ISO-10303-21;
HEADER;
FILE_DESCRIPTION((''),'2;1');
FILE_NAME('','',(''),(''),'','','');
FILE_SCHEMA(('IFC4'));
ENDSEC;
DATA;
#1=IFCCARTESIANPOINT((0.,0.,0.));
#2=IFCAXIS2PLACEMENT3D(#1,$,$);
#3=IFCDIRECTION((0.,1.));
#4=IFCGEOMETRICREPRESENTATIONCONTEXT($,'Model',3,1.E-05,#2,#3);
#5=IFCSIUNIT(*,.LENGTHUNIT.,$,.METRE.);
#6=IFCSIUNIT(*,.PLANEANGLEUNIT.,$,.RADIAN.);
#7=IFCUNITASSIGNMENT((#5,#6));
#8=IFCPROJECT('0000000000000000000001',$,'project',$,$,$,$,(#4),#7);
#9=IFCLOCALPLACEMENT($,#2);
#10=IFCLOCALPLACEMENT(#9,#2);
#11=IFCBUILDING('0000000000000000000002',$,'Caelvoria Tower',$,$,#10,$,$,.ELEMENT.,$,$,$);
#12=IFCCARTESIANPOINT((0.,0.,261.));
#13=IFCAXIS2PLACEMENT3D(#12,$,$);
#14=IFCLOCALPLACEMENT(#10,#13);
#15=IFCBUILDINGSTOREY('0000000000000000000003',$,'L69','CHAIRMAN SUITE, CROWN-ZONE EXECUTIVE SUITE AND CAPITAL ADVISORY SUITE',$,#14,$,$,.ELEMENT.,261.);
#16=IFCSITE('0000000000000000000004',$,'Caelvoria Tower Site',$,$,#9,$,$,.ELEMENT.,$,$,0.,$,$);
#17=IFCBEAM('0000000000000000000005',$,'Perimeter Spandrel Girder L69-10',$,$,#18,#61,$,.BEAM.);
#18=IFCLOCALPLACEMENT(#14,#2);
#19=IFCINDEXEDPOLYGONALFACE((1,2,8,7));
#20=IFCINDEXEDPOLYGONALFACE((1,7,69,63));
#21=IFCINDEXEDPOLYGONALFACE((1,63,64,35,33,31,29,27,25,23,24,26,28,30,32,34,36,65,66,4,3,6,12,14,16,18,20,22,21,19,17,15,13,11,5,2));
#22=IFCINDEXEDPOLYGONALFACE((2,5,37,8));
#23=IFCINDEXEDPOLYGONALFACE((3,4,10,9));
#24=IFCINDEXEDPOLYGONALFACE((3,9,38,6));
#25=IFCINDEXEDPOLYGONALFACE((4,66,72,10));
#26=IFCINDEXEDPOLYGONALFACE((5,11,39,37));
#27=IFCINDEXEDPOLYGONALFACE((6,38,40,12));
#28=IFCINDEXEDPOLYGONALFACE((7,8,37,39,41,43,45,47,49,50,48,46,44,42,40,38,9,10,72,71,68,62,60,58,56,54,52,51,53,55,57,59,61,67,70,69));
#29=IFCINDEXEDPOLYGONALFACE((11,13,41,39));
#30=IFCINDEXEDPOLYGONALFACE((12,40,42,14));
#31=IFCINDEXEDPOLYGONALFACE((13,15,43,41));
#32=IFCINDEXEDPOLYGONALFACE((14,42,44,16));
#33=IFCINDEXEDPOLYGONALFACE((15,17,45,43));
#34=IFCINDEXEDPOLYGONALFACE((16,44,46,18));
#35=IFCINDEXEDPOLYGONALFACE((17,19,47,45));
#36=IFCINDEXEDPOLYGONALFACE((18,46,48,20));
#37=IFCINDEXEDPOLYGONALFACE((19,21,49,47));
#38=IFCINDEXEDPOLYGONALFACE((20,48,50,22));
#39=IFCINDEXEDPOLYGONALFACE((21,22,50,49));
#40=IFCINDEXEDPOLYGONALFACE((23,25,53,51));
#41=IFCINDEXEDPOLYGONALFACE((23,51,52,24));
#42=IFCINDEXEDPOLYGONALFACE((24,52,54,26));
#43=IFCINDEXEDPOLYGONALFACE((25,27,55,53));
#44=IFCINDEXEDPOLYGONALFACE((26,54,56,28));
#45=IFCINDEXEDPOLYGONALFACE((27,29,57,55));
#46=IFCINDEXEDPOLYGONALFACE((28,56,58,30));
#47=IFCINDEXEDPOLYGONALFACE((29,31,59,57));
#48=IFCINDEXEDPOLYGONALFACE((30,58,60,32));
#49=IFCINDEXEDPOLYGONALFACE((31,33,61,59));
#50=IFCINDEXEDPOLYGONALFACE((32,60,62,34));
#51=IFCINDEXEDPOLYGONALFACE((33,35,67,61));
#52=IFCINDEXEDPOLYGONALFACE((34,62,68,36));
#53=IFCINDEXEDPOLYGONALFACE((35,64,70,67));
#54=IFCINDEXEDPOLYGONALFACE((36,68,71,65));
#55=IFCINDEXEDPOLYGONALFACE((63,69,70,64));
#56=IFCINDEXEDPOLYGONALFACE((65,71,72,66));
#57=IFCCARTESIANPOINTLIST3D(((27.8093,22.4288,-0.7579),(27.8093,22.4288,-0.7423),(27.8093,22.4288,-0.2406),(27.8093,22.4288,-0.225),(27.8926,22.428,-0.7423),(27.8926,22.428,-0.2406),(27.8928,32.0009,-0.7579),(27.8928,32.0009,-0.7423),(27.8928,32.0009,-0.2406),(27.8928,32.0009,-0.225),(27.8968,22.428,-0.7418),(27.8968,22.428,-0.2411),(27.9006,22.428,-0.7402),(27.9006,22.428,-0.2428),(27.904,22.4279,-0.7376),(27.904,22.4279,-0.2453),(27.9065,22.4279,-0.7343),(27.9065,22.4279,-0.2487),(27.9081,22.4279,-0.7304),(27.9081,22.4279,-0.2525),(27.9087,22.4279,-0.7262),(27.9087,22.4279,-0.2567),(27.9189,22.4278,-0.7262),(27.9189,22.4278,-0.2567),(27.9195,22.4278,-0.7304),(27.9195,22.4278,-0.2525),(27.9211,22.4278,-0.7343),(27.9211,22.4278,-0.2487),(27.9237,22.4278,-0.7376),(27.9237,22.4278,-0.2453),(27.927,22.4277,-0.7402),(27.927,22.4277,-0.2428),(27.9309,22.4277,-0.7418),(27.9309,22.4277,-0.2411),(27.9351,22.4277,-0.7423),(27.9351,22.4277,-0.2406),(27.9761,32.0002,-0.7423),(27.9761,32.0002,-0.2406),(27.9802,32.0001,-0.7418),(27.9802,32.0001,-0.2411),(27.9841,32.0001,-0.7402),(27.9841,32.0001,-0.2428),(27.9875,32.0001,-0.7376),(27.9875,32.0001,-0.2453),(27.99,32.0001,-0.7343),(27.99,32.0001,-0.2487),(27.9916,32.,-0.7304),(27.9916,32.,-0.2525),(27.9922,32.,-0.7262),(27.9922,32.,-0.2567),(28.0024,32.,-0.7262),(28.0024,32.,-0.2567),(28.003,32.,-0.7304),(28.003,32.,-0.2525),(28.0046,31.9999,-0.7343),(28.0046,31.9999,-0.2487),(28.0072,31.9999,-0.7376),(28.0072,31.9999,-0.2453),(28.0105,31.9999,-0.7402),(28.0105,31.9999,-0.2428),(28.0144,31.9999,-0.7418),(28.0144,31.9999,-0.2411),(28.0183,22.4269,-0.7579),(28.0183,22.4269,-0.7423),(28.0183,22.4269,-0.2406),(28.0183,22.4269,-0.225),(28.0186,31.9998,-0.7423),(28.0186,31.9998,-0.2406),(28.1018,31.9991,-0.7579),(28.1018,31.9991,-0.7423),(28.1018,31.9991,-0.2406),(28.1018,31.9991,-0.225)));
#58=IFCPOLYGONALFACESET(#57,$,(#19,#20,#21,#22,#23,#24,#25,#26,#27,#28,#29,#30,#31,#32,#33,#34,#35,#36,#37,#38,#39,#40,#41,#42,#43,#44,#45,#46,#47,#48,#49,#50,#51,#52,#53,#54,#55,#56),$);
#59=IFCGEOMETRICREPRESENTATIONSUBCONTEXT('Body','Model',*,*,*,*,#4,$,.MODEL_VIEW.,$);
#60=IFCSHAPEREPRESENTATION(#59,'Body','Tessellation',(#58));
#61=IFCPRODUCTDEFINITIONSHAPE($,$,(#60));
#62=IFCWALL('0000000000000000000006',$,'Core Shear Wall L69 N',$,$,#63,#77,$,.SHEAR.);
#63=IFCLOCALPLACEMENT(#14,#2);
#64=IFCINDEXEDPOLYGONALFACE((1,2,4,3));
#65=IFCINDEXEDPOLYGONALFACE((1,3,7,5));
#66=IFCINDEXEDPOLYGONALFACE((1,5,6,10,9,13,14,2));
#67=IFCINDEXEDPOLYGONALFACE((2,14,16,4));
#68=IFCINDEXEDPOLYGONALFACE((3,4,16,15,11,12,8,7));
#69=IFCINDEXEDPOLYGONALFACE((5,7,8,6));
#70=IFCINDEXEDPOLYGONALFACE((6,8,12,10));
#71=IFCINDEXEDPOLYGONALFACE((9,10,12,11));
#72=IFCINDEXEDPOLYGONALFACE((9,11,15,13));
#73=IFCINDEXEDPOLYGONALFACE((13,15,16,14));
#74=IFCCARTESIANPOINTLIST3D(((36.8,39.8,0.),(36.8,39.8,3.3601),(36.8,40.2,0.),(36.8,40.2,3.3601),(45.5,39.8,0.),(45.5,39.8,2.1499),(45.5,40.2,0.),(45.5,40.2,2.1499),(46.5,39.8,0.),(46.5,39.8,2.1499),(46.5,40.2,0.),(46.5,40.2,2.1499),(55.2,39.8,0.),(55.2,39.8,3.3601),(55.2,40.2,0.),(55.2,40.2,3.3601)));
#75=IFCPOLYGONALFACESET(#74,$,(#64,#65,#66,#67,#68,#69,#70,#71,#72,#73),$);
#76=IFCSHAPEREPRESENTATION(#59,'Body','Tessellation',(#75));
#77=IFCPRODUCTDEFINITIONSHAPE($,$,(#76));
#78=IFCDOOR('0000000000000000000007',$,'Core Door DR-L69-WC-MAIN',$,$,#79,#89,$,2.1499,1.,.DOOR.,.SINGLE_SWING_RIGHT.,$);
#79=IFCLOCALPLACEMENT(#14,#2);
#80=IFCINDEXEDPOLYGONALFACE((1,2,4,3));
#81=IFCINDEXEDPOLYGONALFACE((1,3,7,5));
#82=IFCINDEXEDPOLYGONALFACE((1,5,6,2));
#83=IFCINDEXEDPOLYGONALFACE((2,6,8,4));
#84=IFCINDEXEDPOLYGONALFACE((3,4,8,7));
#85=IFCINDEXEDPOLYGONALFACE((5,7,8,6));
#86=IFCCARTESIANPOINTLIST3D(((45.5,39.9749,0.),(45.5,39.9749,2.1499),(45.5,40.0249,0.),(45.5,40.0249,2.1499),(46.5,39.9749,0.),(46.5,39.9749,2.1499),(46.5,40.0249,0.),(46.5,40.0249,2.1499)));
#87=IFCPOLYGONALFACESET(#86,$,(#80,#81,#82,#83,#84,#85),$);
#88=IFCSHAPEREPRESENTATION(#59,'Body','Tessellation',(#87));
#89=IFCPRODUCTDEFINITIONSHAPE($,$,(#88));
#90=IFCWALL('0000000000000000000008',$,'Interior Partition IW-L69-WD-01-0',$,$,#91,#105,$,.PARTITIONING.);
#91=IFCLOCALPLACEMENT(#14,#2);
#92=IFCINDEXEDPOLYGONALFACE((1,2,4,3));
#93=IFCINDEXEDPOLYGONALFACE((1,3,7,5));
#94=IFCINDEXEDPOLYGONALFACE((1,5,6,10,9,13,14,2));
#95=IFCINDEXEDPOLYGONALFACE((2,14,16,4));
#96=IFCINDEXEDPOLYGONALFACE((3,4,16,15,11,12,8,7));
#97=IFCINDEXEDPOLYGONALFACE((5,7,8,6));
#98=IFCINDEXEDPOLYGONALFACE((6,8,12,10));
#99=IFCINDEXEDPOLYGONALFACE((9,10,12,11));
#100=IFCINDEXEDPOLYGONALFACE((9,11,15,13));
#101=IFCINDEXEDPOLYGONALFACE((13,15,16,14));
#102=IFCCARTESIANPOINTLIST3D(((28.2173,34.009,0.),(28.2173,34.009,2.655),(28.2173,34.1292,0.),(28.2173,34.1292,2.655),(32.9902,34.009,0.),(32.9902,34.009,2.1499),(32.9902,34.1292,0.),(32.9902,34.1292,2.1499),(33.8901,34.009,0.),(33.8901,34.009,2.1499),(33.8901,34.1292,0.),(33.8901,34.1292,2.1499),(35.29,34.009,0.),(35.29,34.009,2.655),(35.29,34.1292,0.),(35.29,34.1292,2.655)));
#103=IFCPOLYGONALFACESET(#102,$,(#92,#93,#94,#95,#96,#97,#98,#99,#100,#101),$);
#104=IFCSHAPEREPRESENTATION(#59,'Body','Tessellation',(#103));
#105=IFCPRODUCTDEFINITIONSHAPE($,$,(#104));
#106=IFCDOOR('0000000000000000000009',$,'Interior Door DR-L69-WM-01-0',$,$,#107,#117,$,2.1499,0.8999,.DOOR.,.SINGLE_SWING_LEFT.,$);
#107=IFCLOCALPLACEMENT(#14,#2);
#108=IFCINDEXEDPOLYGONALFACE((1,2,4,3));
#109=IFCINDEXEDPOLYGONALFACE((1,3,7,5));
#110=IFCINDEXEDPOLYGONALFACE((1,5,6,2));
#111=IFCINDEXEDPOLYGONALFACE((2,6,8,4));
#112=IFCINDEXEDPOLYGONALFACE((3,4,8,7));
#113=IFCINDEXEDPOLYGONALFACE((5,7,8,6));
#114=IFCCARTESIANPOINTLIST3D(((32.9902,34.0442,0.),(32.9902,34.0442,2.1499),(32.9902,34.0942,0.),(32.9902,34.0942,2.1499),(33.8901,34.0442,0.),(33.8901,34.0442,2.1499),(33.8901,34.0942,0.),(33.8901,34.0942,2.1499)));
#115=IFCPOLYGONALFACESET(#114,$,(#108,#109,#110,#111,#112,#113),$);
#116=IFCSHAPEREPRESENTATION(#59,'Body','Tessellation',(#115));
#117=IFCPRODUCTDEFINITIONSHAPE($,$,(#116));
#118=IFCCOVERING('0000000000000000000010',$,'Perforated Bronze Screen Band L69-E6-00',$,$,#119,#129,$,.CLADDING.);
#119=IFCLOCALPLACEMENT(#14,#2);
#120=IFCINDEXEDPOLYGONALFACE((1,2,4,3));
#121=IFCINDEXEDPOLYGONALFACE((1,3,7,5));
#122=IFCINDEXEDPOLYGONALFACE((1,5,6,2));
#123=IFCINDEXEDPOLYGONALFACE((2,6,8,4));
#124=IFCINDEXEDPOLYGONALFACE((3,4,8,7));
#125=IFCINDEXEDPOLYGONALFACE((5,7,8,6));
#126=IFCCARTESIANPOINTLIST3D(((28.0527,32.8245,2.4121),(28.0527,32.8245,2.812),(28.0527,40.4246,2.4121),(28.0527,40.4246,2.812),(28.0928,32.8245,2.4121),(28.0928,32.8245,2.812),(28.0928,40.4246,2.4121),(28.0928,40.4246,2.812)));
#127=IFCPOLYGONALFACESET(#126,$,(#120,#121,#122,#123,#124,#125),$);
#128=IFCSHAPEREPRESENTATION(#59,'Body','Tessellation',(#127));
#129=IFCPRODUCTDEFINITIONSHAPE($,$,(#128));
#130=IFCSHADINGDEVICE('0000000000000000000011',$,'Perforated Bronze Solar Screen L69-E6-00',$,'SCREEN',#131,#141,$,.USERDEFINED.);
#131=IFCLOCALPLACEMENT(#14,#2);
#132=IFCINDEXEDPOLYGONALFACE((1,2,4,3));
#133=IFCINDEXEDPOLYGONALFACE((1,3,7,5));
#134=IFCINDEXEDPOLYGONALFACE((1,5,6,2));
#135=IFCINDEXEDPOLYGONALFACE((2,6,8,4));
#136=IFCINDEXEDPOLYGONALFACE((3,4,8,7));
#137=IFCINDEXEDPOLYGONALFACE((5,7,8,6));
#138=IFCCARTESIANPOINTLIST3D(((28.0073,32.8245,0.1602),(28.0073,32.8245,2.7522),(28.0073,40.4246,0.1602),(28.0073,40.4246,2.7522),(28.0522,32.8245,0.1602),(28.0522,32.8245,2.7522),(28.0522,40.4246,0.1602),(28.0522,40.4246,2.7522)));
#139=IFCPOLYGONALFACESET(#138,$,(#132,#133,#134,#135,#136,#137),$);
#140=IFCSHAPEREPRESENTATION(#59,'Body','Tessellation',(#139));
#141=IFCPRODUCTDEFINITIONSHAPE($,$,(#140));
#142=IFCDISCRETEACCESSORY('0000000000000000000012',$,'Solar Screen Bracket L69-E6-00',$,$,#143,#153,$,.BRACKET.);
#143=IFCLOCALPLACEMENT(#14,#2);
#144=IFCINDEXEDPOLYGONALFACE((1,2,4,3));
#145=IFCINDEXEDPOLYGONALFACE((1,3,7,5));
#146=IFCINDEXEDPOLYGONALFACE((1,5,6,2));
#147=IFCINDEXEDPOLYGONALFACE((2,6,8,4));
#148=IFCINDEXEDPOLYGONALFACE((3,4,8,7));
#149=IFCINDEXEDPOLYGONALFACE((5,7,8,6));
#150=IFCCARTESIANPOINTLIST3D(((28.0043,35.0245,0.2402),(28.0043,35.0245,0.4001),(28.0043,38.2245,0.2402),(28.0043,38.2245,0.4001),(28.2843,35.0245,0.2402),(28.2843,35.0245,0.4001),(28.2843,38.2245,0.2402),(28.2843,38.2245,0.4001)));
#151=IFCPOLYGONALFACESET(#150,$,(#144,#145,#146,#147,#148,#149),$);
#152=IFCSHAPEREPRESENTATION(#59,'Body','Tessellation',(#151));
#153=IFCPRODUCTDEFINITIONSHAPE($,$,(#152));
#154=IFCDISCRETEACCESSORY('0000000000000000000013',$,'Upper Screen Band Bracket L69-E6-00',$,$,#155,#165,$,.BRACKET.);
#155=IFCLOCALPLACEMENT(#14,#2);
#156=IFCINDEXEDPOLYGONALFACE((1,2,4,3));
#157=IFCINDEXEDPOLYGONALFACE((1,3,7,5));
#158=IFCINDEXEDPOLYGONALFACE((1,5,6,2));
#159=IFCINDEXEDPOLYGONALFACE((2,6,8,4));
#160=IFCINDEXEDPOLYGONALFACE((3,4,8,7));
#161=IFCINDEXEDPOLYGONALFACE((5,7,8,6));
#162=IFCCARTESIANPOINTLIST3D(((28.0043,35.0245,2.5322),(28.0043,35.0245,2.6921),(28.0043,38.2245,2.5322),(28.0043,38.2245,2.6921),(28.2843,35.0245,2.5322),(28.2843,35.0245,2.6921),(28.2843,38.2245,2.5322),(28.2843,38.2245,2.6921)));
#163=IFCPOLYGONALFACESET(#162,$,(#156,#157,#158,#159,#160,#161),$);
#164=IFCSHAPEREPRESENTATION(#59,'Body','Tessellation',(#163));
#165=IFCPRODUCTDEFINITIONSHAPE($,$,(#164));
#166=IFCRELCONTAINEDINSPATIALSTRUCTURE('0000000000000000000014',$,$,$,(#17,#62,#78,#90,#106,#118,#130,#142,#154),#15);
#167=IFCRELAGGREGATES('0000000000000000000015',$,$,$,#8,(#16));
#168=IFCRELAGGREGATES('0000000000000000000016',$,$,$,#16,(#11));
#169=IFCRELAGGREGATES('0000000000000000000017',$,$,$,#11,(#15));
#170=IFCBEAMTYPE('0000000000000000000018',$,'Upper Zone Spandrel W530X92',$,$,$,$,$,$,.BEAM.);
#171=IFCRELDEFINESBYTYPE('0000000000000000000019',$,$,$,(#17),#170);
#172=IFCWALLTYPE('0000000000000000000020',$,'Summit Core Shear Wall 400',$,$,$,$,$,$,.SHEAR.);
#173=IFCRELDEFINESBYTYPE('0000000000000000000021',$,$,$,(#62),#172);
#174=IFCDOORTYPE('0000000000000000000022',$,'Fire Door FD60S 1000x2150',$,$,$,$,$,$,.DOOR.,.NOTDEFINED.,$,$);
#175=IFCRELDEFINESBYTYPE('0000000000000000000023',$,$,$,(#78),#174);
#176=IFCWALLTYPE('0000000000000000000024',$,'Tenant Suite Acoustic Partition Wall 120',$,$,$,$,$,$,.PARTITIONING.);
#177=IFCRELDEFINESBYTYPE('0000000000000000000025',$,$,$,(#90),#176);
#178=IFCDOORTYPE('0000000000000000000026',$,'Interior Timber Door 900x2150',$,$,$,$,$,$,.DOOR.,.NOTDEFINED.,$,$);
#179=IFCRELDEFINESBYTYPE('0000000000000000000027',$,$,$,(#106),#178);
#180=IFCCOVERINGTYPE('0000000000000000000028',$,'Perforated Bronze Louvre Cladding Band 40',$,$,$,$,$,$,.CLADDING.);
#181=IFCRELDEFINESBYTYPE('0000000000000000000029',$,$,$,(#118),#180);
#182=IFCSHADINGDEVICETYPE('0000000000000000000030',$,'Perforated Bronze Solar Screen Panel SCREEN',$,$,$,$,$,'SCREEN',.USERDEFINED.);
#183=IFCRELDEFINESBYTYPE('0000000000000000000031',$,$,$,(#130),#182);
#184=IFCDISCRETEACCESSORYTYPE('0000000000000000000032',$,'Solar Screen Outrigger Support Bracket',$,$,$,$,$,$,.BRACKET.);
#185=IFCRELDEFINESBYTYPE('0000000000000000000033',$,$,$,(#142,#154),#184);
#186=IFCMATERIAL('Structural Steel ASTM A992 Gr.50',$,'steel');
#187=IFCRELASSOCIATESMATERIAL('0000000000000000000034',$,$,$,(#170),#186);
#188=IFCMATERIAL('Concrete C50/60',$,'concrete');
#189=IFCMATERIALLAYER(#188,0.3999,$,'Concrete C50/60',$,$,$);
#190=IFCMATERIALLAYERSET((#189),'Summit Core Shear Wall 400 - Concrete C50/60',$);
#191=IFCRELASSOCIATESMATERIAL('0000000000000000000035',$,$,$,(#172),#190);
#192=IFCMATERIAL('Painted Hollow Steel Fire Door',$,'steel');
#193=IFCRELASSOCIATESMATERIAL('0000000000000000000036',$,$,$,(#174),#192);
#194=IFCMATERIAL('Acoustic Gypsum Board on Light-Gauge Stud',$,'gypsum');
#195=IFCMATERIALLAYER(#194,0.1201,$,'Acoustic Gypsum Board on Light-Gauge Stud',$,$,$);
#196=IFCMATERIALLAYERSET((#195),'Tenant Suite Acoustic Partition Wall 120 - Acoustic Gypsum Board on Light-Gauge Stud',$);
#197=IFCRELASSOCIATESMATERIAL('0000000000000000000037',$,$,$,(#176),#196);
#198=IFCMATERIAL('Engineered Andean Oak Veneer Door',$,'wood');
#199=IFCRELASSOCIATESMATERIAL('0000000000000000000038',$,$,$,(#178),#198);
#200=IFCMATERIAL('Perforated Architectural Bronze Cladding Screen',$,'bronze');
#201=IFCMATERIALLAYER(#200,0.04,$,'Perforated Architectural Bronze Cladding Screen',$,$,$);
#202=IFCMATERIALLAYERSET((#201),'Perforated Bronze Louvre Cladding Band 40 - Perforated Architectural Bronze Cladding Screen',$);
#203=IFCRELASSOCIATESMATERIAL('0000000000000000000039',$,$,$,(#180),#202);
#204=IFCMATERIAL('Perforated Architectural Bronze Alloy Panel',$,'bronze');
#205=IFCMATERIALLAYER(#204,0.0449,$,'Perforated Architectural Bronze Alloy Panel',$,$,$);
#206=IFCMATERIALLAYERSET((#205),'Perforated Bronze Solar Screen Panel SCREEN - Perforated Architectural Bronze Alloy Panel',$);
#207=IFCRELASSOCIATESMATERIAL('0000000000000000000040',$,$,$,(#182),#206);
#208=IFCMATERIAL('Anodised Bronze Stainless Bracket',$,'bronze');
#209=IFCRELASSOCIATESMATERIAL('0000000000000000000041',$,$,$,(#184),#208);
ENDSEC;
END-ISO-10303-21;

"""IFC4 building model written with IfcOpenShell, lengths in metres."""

from ifc_helpers import new_model, si_unit, direction, frame, frame_2d, origin, origin_2d, place, context, subcontext, project, spatial, rectangle, i_section, extrude, material, layer, layer_set, material_profile, profile_set, type_object, element, fill, save


model = new_model("IFC4")

# Units and contexts
model_context = context("Model", 3, precision=1e-05, world=origin(), true_north=direction((0.0, 1.0)))
body_context = subcontext(model_context, "Body", "Model", "MODEL_VIEW")
ifc_project = project(units=[si_unit("LENGTHUNIT", "METRE"), si_unit("PLANEANGLEUNIT", "RADIAN")], contexts=[model_context])

# Site, building, storey
site_placement = place(None, origin())
site = spatial("IfcSite", under=ifc_project, at=site_placement, Name="Caelvoria Tower Site", CompositionType="ELEMENT", RefElevation=0.0)
building_placement = place(site_placement, origin())
building = spatial("IfcBuilding", under=site, at=building_placement, Name="Caelvoria Tower", CompositionType="ELEMENT")
storey_placement = place(building_placement, frame((0.0, 0.0, 261.0)))
storey = spatial("IfcBuildingStorey", under=building, at=storey_placement, Name="L69", Description="CHAIRMAN SUITE, CROWN-ZONE EXECUTIVE SUITE AND CAPITAL ADVISORY SUITE", CompositionType="ELEMENT", Elevation=261.0)

# Shared definitions
ifc_material_1 = material(Name="Structural Steel ASTM A992 Gr.50", Category="steel")

# Beam
ifc_material_profile_1 = material_profile(ifc_material_1, i_section(OverallWidth=0.209, OverallDepth=0.533, WebThickness=0.0103, FlangeThickness=0.0156, FilletRadius=0.0161, at=origin_2d()), Name="Structural Steel ASTM A992 Gr.50")
ifc_profile_set_1 = profile_set([ifc_material_profile_1], Name="W530X92 - Structural Steel ASTM A992 Gr.50")
beam_type_1 = type_object("IfcBeamType", Name="Upper Zone Spandrel W530X92", PredefinedType="BEAM", material=ifc_profile_set_1)
beam_1_placement = place(storey_placement, frame((27.9973, 32.0, -0.4915), z_axis=(-0.008722, -0.999962, 0.0), x_axis=(0.999962, -0.008722, 0.0)))
element("IfcBeam", 1, at=beam_1_placement, inside=storey, type_object=beam_type_1, Name="Perimeter Spandrel Girder L69-10", PredefinedType="BEAM", context=body_context, shape_type="SweptSolid", body=[
    extrude(i_section(OverallWidth=0.209, OverallDepth=0.533, WebThickness=0.0103, FlangeThickness=0.0156, FilletRadius=0.0161, at=origin_2d()), origin(), (0.0, 0.0, 1.0), 9.5725),
])

# Walls, openings, doors
ifc_material_2 = material(Name="Concrete C50/60", Category="concrete")
ifc_layer_1 = layer(ifc_material_2, 0.3999, Name="Concrete C50/60")
ifc_layer_set_1 = layer_set([ifc_layer_1], Name="Summit Core Shear Wall 400 - Concrete C50/60")
wall_type_1 = type_object("IfcWallType", Name="Summit Core Shear Wall 400", PredefinedType="SHEAR", material=ifc_layer_set_1)
wall_1_placement = place(storey_placement, frame((36.8, 40.0, 0.0), z_axis=(0.0, 0.0, 1.0), x_axis=(1.0, 0.0, 0.0)))
wall_1 = element("IfcWall", 2, at=wall_1_placement, inside=storey, type_object=wall_type_1, Name="Core Shear Wall L69 N", PredefinedType="SHEAR", context=body_context, shape_type="SweptSolid", body=[
    extrude(rectangle(XDim=18.3999, YDim=0.3999, at=frame_2d((9.2, 0.0))), origin(), (0.0, 0.0, 1.0), 3.3601),
])
opening_1_placement = place(wall_1_placement, frame((8.7, 0.0, 0.0)))
opening_1 = element("IfcOpeningElement", 3, at=opening_1_placement, cuts=wall_1, PredefinedType="OPENING", context=body_context, shape_type="SweptSolid", body=[
    extrude(rectangle(XDim=1.0, YDim=2.1499, at=frame_2d((0.5, 1.075))), frame((0.0, 0.21, 0.0), z_axis=(0.0, -1.0, 0.0), x_axis=(1.0, 0.0, 0.0)), (0.0, 0.0, 1.0), 0.4199),
])
ifc_material_3 = material(Name="Painted Hollow Steel Fire Door", Category="steel")
door_type_1 = type_object("IfcDoorType", Name="Fire Door FD60S 1000x2150", OperationType="NOTDEFINED", PredefinedType="DOOR", material=ifc_material_3)
door_1_placement = place(opening_1_placement, origin())
door_1 = element("IfcDoor", 4, at=door_1_placement, inside=storey, type_object=door_type_1, Name="Core Door DR-L69-WC-MAIN", OperationType="SINGLE_SWING_RIGHT", OverallHeight=2.1499, OverallWidth=1.0, PredefinedType="DOOR", context=body_context, shape_type="SweptSolid", body=[
    extrude(rectangle(XDim=1.0, YDim=2.1499, at=frame_2d((0.5, 1.075))), frame((0.0, 0.0249, 0.0), z_axis=(0.0, -1.0, 0.0), x_axis=(1.0, 0.0, 0.0)), (0.0, 0.0, 1.0), 0.05),
])
fill(opening_1, door_1)
ifc_material_4 = material(Name="Acoustic Gypsum Board on Light-Gauge Stud", Category="gypsum")
ifc_layer_2 = layer(ifc_material_4, 0.1201, Name="Acoustic Gypsum Board on Light-Gauge Stud")
ifc_layer_set_2 = layer_set([ifc_layer_2], Name="Tenant Suite Acoustic Partition Wall 120 - Acoustic Gypsum Board on Light-Gauge Stud")
wall_type_2 = type_object("IfcWallType", Name="Tenant Suite Acoustic Partition Wall 120", PredefinedType="PARTITIONING", material=ifc_layer_set_2)
wall_2_placement = place(storey_placement, frame((35.29, 34.0691, 0.0), z_axis=(0.0, 0.0, 1.0), x_axis=(-1.0, 0.0, 0.0)))
wall_2 = element("IfcWall", 5, at=wall_2_placement, inside=storey, type_object=wall_type_2, Name="Interior Partition IW-L69-WD-01-0", PredefinedType="PARTITIONING", context=body_context, shape_type="SweptSolid", body=[
    extrude(rectangle(XDim=7.0728, YDim=0.1201, at=frame_2d((3.5364, 0.0))), origin(), (0.0, 0.0, 1.0), 2.655),
])
opening_2_placement = place(wall_2_placement, frame((1.3999, 0.0, 0.0)))
opening_2 = element("IfcOpeningElement", 6, at=opening_2_placement, cuts=wall_2, PredefinedType="OPENING", context=body_context, shape_type="SweptSolid", body=[
    extrude(rectangle(XDim=0.8999, YDim=2.1499, at=frame_2d((0.45, 1.075))), frame((0.0, 0.0701, 0.0), z_axis=(0.0, -1.0, 0.0), x_axis=(1.0, 0.0, 0.0)), (0.0, 0.0, 1.0), 0.1401),
])
ifc_material_5 = material(Name="Engineered Andean Oak Veneer Door", Category="wood")
door_type_2 = type_object("IfcDoorType", Name="Interior Timber Door 900x2150", OperationType="NOTDEFINED", PredefinedType="DOOR", material=ifc_material_5)
door_2_placement = place(opening_2_placement, origin())
door_2 = element("IfcDoor", 7, at=door_2_placement, inside=storey, type_object=door_type_2, Name="Interior Door DR-L69-WM-01-0", OperationType="SINGLE_SWING_LEFT", OverallHeight=2.1499, OverallWidth=0.8999, PredefinedType="DOOR", context=body_context, shape_type="SweptSolid", body=[
    extrude(rectangle(XDim=0.8999, YDim=2.1499, at=frame_2d((0.45, 1.075))), frame((0.0, 0.0249, 0.0), z_axis=(0.0, -1.0, 0.0), x_axis=(1.0, 0.0, 0.0)), (0.0, 0.0, 1.0), 0.05),
])
fill(opening_2, door_2)

# Covering
ifc_material_6 = material(Name="Perforated Architectural Bronze Cladding Screen", Category="bronze")
ifc_layer_3 = layer(ifc_material_6, 0.04, Name="Perforated Architectural Bronze Cladding Screen")
ifc_layer_set_3 = layer_set([ifc_layer_3], Name="Perforated Bronze Louvre Cladding Band 40 - Perforated Architectural Bronze Cladding Screen")
covering_type = type_object("IfcCoveringType", Name="Perforated Bronze Louvre Cladding Band 40", PredefinedType="CLADDING", material=ifc_layer_set_3)
covering_placement = place(storey_placement, frame((28.0728, 36.6245, 2.4121), z_axis=(0.0, 0.0, 1.0), x_axis=(0.0, -1.0, 0.0)))
element("IfcCovering", 8, at=covering_placement, inside=storey, type_object=covering_type, Name="Perforated Bronze Screen Band L69-E6-00", PredefinedType="CLADDING", context=body_context, shape_type="SweptSolid", body=[
    extrude(rectangle(XDim=7.6001, YDim=0.04, at=origin_2d()), origin(), (0.0, 0.0, 1.0), 0.3999),
])

# Shading device
ifc_material_7 = material(Name="Perforated Architectural Bronze Alloy Panel", Category="bronze")
ifc_layer_4 = layer(ifc_material_7, 0.0449, Name="Perforated Architectural Bronze Alloy Panel")
ifc_layer_set_4 = layer_set([ifc_layer_4], Name="Perforated Bronze Solar Screen Panel SCREEN - Perforated Architectural Bronze Alloy Panel")
shading_device_type = type_object("IfcShadingDeviceType", Name="Perforated Bronze Solar Screen Panel SCREEN", ElementType="SCREEN", PredefinedType="USERDEFINED", material=ifc_layer_set_4)
shading_device_placement = place(storey_placement, frame((28.0298, 36.6245, 0.1602), z_axis=(0.0, 0.0, 1.0), x_axis=(0.0, -1.0, 0.0)))
element("IfcShadingDevice", 9, at=shading_device_placement, inside=storey, type_object=shading_device_type, Name="Perforated Bronze Solar Screen L69-E6-00", ObjectType="SCREEN", PredefinedType="USERDEFINED", context=body_context, shape_type="SweptSolid", body=[
    extrude(rectangle(XDim=7.6001, YDim=0.0449, at=origin_2d()), origin(), (0.0, 0.0, 1.0), 2.592),
])

# Discrete accessories
ifc_material_8 = material(Name="Anodised Bronze Stainless Bracket", Category="bronze")
discrete_accessory_type = type_object("IfcDiscreteAccessoryType", Name="Solar Screen Outrigger Support Bracket", PredefinedType="BRACKET", material=ifc_material_8)
for number, where, z_axis, x_axis, name in (
    (10, (28.1443, 36.6245, 0.2402), (0.0, 0.0, 1.0), (0.0, -1.0, 0.0), "Solar Screen Bracket L69-E6-00"),
    (11, (28.1443, 36.6245, 2.5322), (0.0, 0.0, 1.0), (0.0, -1.0, 0.0), "Upper Screen Band Bracket L69-E6-00"),
):
    element("IfcDiscreteAccessory", number, at=place(storey_placement, frame(where, z_axis=z_axis, x_axis=x_axis)), inside=storey, type_object=discrete_accessory_type, Name=name, PredefinedType="BRACKET", context=body_context, shape_type="SweptSolid", body=[
        extrude(rectangle(XDim=3.2, YDim=0.28, at=origin_2d()), origin(), (0.0, 0.0, 1.0), 0.1599),
    ])

save(model, "model.ifc")
